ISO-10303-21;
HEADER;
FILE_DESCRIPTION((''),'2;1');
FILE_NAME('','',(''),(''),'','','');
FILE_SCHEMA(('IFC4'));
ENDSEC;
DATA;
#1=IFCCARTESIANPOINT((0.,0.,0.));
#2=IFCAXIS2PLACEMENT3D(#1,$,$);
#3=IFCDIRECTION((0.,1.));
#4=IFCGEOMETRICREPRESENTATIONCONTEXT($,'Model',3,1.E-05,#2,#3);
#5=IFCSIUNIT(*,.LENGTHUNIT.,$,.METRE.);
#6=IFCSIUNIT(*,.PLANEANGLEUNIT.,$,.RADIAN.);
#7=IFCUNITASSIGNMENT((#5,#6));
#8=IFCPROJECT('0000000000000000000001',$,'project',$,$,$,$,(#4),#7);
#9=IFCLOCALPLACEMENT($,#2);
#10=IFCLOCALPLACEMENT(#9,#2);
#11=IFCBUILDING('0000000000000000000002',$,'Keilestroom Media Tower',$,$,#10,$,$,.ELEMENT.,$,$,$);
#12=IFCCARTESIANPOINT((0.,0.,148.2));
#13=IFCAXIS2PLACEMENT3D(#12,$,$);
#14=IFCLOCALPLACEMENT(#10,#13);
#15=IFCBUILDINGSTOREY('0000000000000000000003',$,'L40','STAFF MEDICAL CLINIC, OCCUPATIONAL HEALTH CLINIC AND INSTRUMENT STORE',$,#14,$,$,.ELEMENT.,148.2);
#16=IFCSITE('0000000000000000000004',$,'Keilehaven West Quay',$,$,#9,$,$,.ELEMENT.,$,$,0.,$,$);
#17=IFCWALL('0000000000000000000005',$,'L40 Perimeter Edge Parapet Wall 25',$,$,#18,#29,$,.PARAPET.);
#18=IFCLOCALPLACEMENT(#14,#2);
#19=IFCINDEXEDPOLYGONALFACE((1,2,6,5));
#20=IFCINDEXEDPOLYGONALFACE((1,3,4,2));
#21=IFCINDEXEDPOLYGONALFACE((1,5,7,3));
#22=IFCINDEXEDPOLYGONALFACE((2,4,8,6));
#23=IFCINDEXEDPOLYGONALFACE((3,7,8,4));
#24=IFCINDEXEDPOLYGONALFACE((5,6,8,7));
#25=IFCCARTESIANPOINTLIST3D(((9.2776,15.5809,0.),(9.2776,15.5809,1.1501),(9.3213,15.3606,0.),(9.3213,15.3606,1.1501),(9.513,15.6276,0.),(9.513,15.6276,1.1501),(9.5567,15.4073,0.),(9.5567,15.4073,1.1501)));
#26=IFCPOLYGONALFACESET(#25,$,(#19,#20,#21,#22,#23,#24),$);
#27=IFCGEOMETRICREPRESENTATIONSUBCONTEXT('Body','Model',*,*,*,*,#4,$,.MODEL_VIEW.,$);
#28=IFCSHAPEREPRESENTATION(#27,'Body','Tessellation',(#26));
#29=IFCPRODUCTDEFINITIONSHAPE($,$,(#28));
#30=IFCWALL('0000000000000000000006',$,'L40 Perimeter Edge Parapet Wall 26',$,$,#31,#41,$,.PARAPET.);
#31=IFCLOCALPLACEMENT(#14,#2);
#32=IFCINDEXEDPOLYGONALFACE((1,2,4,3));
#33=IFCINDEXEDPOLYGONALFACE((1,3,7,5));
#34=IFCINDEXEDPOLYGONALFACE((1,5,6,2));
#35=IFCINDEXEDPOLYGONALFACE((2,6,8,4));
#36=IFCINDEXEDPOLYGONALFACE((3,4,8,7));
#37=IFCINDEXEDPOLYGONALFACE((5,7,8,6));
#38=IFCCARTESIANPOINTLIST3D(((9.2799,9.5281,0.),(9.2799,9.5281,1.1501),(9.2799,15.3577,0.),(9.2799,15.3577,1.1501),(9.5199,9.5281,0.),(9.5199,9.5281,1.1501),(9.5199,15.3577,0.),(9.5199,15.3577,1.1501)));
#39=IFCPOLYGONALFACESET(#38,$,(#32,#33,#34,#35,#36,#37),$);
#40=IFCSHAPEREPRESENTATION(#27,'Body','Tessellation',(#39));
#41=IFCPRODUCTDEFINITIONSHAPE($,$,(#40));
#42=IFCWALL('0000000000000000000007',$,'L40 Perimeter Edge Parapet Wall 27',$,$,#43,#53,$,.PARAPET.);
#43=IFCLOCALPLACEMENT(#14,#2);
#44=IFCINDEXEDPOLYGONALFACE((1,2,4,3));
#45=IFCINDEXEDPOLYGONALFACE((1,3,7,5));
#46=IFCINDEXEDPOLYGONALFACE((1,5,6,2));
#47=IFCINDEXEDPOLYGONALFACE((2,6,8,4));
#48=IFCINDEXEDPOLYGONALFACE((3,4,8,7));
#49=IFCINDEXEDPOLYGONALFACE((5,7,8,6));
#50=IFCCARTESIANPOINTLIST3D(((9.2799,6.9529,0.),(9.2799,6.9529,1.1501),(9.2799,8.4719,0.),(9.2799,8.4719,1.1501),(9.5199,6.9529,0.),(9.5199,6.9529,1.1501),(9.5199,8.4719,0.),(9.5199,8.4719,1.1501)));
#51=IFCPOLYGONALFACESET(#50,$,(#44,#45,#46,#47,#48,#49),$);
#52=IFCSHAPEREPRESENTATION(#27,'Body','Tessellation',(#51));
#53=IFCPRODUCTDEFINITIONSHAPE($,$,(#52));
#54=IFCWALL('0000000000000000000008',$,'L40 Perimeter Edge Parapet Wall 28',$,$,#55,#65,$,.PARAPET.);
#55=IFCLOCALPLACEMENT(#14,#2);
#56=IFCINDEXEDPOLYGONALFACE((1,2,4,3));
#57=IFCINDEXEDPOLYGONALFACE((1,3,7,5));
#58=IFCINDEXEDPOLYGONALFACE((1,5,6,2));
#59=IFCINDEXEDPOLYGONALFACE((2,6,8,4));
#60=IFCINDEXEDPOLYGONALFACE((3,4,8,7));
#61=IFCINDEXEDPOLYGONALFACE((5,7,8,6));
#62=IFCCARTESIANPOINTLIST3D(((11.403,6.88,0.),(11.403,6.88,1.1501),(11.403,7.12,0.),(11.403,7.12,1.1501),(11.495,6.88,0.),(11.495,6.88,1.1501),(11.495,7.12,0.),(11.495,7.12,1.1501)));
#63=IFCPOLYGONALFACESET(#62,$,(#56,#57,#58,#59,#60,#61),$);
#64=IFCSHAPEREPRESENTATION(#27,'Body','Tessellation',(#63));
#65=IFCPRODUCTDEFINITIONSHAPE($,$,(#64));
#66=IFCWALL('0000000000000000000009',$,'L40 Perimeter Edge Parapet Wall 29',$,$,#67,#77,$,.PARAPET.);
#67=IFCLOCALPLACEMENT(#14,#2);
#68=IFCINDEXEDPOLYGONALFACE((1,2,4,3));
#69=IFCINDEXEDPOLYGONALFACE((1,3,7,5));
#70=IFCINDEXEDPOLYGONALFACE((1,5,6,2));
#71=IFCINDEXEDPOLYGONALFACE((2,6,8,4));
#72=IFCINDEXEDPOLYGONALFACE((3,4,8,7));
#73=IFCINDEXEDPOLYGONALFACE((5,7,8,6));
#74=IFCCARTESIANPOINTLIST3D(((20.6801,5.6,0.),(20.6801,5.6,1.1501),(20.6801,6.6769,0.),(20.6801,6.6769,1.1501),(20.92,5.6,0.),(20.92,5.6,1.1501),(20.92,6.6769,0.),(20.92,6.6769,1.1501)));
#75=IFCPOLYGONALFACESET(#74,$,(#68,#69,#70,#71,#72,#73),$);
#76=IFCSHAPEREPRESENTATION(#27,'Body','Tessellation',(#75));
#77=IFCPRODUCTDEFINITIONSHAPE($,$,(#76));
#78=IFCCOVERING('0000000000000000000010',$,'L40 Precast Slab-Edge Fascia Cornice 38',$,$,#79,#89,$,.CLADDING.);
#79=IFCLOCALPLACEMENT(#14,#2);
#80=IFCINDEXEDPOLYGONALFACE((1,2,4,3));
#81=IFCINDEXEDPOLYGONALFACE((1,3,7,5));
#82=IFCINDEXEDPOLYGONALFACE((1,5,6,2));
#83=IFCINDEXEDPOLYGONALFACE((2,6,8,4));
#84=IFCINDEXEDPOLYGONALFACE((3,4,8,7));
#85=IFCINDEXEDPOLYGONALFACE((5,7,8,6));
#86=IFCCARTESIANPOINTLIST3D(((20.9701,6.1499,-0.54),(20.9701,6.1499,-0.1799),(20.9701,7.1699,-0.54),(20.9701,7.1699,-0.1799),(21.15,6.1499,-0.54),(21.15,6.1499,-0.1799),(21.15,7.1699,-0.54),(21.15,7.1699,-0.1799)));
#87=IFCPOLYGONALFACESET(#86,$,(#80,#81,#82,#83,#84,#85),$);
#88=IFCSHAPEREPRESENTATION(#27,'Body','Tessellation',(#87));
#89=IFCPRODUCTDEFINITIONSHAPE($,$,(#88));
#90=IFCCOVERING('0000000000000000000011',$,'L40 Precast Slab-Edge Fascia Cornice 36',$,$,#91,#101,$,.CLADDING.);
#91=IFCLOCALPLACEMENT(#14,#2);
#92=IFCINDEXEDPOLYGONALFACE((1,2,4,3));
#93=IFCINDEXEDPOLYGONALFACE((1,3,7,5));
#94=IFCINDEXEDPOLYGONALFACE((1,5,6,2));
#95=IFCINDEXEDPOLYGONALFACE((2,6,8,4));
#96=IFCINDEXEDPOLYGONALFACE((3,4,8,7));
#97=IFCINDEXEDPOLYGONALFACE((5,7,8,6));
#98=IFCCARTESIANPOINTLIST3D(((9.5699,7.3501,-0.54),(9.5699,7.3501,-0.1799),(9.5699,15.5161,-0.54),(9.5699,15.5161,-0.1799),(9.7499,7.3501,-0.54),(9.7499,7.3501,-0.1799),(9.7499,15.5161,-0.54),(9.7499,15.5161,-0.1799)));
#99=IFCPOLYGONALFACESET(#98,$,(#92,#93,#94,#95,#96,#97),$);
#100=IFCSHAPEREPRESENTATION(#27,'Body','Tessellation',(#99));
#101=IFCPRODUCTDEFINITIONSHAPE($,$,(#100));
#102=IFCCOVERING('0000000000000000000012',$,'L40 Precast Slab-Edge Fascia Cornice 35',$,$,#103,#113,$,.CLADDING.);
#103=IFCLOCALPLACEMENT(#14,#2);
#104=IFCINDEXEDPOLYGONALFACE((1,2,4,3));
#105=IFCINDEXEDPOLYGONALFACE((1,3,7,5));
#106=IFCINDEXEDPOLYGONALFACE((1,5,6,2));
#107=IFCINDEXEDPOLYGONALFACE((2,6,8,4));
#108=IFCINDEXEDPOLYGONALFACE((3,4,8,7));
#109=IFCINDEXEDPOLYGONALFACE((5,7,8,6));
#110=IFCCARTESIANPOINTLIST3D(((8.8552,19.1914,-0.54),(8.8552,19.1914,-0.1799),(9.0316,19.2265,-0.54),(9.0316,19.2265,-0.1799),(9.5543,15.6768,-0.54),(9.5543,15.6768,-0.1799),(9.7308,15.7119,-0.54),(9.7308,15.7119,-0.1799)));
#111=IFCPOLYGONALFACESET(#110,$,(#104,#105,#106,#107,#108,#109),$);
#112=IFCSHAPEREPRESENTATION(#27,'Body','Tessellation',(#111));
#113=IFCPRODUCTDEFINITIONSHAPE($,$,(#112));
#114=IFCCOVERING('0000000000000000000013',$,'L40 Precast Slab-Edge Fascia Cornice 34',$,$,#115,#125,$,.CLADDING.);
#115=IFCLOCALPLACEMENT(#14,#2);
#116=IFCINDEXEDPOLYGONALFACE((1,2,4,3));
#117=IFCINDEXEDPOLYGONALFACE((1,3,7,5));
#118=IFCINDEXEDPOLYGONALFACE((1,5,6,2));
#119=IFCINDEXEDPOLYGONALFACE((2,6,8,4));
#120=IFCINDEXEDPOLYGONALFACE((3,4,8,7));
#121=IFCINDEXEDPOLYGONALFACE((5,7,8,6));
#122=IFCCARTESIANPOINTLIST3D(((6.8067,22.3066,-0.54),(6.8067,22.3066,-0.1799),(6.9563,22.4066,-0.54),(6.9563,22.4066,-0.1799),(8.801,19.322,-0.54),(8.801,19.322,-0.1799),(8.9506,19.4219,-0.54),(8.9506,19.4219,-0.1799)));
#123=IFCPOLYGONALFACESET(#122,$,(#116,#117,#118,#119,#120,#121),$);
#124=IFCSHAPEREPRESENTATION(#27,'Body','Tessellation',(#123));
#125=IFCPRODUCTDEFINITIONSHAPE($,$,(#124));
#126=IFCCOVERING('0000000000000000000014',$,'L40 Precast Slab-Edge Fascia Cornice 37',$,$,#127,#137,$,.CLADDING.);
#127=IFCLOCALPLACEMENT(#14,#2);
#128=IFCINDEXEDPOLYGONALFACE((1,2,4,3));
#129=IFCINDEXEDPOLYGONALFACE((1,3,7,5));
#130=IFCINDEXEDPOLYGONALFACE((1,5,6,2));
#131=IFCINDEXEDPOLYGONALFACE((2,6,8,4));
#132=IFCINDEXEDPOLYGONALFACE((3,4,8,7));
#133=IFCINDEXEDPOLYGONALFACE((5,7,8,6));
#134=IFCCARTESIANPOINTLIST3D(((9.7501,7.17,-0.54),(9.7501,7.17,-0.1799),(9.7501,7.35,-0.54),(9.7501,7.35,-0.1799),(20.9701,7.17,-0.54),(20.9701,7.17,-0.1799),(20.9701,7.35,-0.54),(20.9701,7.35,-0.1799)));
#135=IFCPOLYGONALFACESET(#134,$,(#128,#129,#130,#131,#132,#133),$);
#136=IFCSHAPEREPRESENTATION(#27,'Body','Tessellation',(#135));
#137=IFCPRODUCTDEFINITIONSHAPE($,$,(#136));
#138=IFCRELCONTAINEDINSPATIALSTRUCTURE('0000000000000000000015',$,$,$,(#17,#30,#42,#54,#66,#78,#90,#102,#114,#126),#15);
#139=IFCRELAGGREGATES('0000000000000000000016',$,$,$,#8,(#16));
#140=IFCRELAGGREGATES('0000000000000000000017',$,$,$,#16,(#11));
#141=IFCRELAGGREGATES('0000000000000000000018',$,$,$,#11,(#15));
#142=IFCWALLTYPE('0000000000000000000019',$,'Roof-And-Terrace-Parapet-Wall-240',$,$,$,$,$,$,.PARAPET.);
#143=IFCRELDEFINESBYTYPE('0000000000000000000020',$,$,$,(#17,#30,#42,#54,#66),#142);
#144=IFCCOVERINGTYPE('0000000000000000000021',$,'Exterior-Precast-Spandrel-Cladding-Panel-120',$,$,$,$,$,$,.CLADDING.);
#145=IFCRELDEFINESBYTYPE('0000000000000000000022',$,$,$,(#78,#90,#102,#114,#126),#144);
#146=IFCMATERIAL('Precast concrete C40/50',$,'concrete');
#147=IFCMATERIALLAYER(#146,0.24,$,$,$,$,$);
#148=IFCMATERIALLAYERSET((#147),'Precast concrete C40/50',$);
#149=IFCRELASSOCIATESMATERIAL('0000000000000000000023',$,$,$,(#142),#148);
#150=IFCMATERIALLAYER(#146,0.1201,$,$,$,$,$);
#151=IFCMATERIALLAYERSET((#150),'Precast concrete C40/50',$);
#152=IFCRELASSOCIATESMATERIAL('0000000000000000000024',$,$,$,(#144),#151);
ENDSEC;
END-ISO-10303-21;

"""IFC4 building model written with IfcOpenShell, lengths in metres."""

from ifc_helpers import new_model, si_unit, direction, frame, frame_2d, origin, origin_2d, place, context, subcontext, project, spatial, rectangle, extrude, source, transform, mapped, material, layer, layer_set, type_object, element, save


model = new_model("IFC4")

# Units and contexts
model_context = context("Model", 3, precision=1e-05, world=origin(), true_north=direction((0.0, 1.0)))
body_context = subcontext(model_context, "Body", "Model", "MODEL_VIEW")
ifc_project = project(units=[si_unit("LENGTHUNIT", "METRE"), si_unit("PLANEANGLEUNIT", "RADIAN")], contexts=[model_context])

# Site, building, storey
site_placement = place(None, origin())
site = spatial("IfcSite", under=ifc_project, at=site_placement, Name="Keilehaven West Quay", CompositionType="ELEMENT", RefElevation=0.0)
building_placement = place(site_placement, origin())
building = spatial("IfcBuilding", under=site, at=building_placement, Name="Keilestroom Media Tower", CompositionType="ELEMENT")
storey_placement = place(building_placement, frame((0.0, 0.0, 148.2)))
storey = spatial("IfcBuildingStorey", under=building, at=storey_placement, Name="L40", Description="STAFF MEDICAL CLINIC, OCCUPATIONAL HEALTH CLINIC AND INSTRUMENT STORE", CompositionType="ELEMENT", Elevation=148.2)

# Shared definitions
ifc_material_1 = material(Name="Precast concrete C40/50", Category="concrete")

# Walls
ifc_layer_1 = layer(ifc_material_1, 0.24)
ifc_layer_set_1 = layer_set([ifc_layer_1], Name="Precast concrete C40/50")
wall_type_1 = type_object("IfcWallType", Name="Roof-And-Terrace-Parapet-Wall-240", PredefinedType="PARAPET", material=ifc_layer_set_1)
wall_1_placement = place(storey_placement, frame((9.3953, 15.6042, 0.0), z_axis=(0.0, 0.0, 1.0), x_axis=(0.194652, -0.980872, 0.0)))
element("IfcWall", 1, at=wall_1_placement, inside=storey, type_object=wall_type_1, Name="L40 Perimeter Edge Parapet Wall 25", PredefinedType="PARAPET", context=body_context, shape_type="SweptSolid", body=[
    extrude(rectangle(XDim=0.2246, YDim=0.24, at=frame_2d((0.1123, 0.0))), origin(), (0.0, 0.0, 1.0), 1.1501),
])
wall_2_placement = place(storey_placement, frame((9.3999, 15.3577, 0.0), z_axis=(0.0, 0.0, 1.0), x_axis=(0.0, -1.0, 0.0)))
element("IfcWall", 2, at=wall_2_placement, inside=storey, type_object=wall_type_1, Name="L40 Perimeter Edge Parapet Wall 26", PredefinedType="PARAPET", context=body_context, shape_type="SweptSolid", body=[
    extrude(rectangle(XDim=5.8296, YDim=0.24, at=frame_2d((2.9148, 0.0))), origin(), (0.0, 0.0, 1.0), 1.1501),
])
wall_3_placement = place(storey_placement, frame((9.3999, 8.4719, 0.0), z_axis=(0.0, 0.0, 1.0), x_axis=(0.0, -1.0, 0.0)))
element("IfcWall", 3, at=wall_3_placement, inside=storey, type_object=wall_type_1, Name="L40 Perimeter Edge Parapet Wall 27", PredefinedType="PARAPET", context=body_context, shape_type="SweptSolid", body=[
    extrude(rectangle(XDim=1.519, YDim=0.24, at=frame_2d((0.7595, 0.0))), origin(), (0.0, 0.0, 1.0), 1.1501),
])
wall_4_placement = place(storey_placement, frame((11.4031, 7.0, 0.0), z_axis=(0.0, 0.0, 1.0), x_axis=(1.0, 0.0, 0.0)))
element("IfcWall", 4, at=wall_4_placement, inside=storey, type_object=wall_type_1, Name="L40 Perimeter Edge Parapet Wall 28", PredefinedType="PARAPET", context=body_context, shape_type="SweptSolid", body=[
    extrude(rectangle(XDim=0.092, YDim=0.24, at=frame_2d((0.0459, 0.0))), origin(), (0.0, 0.0, 1.0), 1.1501),
])
wall_5_placement = place(storey_placement, frame((20.8, 6.677, 0.0), z_axis=(0.0, 0.0, 1.0), x_axis=(0.0, -1.0, 0.0)))
element("IfcWall", 5, at=wall_5_placement, inside=storey, type_object=wall_type_1, Name="L40 Perimeter Edge Parapet Wall 29", PredefinedType="PARAPET", context=body_context, shape_type="SweptSolid", body=[
    extrude(rectangle(XDim=1.0769, YDim=0.24, at=frame_2d((0.5386, 0.0))), origin(), (0.0, 0.0, 1.0), 1.1501),
])

# Coverings
ifc_layer_2 = layer(ifc_material_1, 0.1201)
ifc_layer_set_2 = layer_set([ifc_layer_2], Name="Precast concrete C40/50")
covering_type = type_object("IfcCoveringType", Name="Exterior-Precast-Spandrel-Cladding-Panel-120", PredefinedType="CLADDING", material=ifc_layer_set_2)
shared_shape_1 = source(origin(), body_context, "Body", "SweptSolid", [
    extrude(rectangle(XDim=1.02, YDim=0.1799, at=origin_2d()), origin(), (0.0, 0.0, 1.0), 0.3601),
])
covering_1_placement = place(storey_placement, frame((21.0601, 6.6599, -0.54), z_axis=(0.0, 0.0, 1.0), x_axis=(0.0, -1.0, 0.0)))
element("IfcCovering", 6, at=covering_1_placement, inside=storey, type_object=covering_type, Name="L40 Precast Slab-Edge Fascia Cornice 38", PredefinedType="CLADDING", context=body_context, shape_type="MappedRepresentation", body=[
    mapped(shared_shape_1, transform((0.0, 0.0, 0.0), x_axis=(1.0, 0.0, 0.0), y_axis=(0.0, 1.0, 0.0), z_axis=(0.0, 0.0, 1.0), scale=1.0)),
])
shared_shape_2 = source(origin(), body_context, "Body", "SweptSolid", [
    extrude(rectangle(XDim=8.166, YDim=0.1799, at=origin_2d()), origin(), (0.0, 0.0, 1.0), 0.3601),
])
covering_2_placement = place(storey_placement, frame((9.6599, 11.4331, -0.54), z_axis=(0.0, 0.0, 1.0), x_axis=(0.0, -1.0, 0.0)))
element("IfcCovering", 7, at=covering_2_placement, inside=storey, type_object=covering_type, Name="L40 Precast Slab-Edge Fascia Cornice 36", PredefinedType="CLADDING", context=body_context, shape_type="MappedRepresentation", body=[
    mapped(shared_shape_2, transform((0.0, 0.0, 0.0), x_axis=(1.0, 0.0, 0.0), y_axis=(0.0, 1.0, 0.0), z_axis=(0.0, 0.0, 1.0), scale=1.0)),
])
shared_shape_3 = source(origin(), body_context, "Body", "SweptSolid", [
    extrude(rectangle(XDim=3.5835, YDim=0.1799, at=origin_2d()), origin(), (0.0, 0.0, 1.0), 0.3601),
])
covering_3_placement = place(storey_placement, frame((9.293, 17.4517, -0.54), z_axis=(0.0, 0.0, 1.0), x_axis=(0.195099, -0.980784, 0.0)))
element("IfcCovering", 8, at=covering_3_placement, inside=storey, type_object=covering_type, Name="L40 Precast Slab-Edge Fascia Cornice 35", PredefinedType="CLADDING", context=body_context, shape_type="MappedRepresentation", body=[
    mapped(shared_shape_3, transform((0.0, 0.0, 0.0), x_axis=(1.0, 0.0, 0.0), y_axis=(0.0, 1.0, 0.0), z_axis=(0.0, 0.0, 1.0), scale=1.0)),
])
shared_shape_4 = source(origin(), body_context, "Body", "SweptSolid", [
    extrude(rectangle(XDim=3.5896, YDim=0.1799, at=origin_2d()), origin(), (0.0, 0.0, 1.0), 0.3601),
])
covering_4_placement = place(storey_placement, frame((7.8787, 20.8643, -0.54), z_axis=(0.0, 0.0, 1.0), x_axis=(0.555575, -0.831467, 0.0)))
element("IfcCovering", 9, at=covering_4_placement, inside=storey, type_object=covering_type, Name="L40 Precast Slab-Edge Fascia Cornice 34", PredefinedType="CLADDING", context=body_context, shape_type="MappedRepresentation", body=[
    mapped(shared_shape_4, transform((0.0, 0.0, 0.0), x_axis=(1.0, 0.0, 0.0), y_axis=(0.0, 1.0, 0.0), z_axis=(0.0, 0.0, 1.0), scale=1.0)),
])
shared_shape_5 = source(origin(), body_context, "Body", "SweptSolid", [
    extrude(rectangle(XDim=11.22, YDim=0.1799, at=origin_2d()), origin(), (0.0, 0.0, 1.0), 0.3601),
])
covering_5_placement = place(storey_placement, frame((15.3601, 7.26, -0.54), z_axis=(0.0, 0.0, 1.0), x_axis=(1.0, 0.0, 0.0)))
element("IfcCovering", 10, at=covering_5_placement, inside=storey, type_object=covering_type, Name="L40 Precast Slab-Edge Fascia Cornice 37", PredefinedType="CLADDING", context=body_context, shape_type="MappedRepresentation", body=[
    mapped(shared_shape_5, transform((0.0, 0.0, 0.0), x_axis=(1.0, 0.0, 0.0), y_axis=(0.0, 1.0, 0.0), z_axis=(0.0, 0.0, 1.0), scale=1.0)),
])

save(model, "model.ifc")
